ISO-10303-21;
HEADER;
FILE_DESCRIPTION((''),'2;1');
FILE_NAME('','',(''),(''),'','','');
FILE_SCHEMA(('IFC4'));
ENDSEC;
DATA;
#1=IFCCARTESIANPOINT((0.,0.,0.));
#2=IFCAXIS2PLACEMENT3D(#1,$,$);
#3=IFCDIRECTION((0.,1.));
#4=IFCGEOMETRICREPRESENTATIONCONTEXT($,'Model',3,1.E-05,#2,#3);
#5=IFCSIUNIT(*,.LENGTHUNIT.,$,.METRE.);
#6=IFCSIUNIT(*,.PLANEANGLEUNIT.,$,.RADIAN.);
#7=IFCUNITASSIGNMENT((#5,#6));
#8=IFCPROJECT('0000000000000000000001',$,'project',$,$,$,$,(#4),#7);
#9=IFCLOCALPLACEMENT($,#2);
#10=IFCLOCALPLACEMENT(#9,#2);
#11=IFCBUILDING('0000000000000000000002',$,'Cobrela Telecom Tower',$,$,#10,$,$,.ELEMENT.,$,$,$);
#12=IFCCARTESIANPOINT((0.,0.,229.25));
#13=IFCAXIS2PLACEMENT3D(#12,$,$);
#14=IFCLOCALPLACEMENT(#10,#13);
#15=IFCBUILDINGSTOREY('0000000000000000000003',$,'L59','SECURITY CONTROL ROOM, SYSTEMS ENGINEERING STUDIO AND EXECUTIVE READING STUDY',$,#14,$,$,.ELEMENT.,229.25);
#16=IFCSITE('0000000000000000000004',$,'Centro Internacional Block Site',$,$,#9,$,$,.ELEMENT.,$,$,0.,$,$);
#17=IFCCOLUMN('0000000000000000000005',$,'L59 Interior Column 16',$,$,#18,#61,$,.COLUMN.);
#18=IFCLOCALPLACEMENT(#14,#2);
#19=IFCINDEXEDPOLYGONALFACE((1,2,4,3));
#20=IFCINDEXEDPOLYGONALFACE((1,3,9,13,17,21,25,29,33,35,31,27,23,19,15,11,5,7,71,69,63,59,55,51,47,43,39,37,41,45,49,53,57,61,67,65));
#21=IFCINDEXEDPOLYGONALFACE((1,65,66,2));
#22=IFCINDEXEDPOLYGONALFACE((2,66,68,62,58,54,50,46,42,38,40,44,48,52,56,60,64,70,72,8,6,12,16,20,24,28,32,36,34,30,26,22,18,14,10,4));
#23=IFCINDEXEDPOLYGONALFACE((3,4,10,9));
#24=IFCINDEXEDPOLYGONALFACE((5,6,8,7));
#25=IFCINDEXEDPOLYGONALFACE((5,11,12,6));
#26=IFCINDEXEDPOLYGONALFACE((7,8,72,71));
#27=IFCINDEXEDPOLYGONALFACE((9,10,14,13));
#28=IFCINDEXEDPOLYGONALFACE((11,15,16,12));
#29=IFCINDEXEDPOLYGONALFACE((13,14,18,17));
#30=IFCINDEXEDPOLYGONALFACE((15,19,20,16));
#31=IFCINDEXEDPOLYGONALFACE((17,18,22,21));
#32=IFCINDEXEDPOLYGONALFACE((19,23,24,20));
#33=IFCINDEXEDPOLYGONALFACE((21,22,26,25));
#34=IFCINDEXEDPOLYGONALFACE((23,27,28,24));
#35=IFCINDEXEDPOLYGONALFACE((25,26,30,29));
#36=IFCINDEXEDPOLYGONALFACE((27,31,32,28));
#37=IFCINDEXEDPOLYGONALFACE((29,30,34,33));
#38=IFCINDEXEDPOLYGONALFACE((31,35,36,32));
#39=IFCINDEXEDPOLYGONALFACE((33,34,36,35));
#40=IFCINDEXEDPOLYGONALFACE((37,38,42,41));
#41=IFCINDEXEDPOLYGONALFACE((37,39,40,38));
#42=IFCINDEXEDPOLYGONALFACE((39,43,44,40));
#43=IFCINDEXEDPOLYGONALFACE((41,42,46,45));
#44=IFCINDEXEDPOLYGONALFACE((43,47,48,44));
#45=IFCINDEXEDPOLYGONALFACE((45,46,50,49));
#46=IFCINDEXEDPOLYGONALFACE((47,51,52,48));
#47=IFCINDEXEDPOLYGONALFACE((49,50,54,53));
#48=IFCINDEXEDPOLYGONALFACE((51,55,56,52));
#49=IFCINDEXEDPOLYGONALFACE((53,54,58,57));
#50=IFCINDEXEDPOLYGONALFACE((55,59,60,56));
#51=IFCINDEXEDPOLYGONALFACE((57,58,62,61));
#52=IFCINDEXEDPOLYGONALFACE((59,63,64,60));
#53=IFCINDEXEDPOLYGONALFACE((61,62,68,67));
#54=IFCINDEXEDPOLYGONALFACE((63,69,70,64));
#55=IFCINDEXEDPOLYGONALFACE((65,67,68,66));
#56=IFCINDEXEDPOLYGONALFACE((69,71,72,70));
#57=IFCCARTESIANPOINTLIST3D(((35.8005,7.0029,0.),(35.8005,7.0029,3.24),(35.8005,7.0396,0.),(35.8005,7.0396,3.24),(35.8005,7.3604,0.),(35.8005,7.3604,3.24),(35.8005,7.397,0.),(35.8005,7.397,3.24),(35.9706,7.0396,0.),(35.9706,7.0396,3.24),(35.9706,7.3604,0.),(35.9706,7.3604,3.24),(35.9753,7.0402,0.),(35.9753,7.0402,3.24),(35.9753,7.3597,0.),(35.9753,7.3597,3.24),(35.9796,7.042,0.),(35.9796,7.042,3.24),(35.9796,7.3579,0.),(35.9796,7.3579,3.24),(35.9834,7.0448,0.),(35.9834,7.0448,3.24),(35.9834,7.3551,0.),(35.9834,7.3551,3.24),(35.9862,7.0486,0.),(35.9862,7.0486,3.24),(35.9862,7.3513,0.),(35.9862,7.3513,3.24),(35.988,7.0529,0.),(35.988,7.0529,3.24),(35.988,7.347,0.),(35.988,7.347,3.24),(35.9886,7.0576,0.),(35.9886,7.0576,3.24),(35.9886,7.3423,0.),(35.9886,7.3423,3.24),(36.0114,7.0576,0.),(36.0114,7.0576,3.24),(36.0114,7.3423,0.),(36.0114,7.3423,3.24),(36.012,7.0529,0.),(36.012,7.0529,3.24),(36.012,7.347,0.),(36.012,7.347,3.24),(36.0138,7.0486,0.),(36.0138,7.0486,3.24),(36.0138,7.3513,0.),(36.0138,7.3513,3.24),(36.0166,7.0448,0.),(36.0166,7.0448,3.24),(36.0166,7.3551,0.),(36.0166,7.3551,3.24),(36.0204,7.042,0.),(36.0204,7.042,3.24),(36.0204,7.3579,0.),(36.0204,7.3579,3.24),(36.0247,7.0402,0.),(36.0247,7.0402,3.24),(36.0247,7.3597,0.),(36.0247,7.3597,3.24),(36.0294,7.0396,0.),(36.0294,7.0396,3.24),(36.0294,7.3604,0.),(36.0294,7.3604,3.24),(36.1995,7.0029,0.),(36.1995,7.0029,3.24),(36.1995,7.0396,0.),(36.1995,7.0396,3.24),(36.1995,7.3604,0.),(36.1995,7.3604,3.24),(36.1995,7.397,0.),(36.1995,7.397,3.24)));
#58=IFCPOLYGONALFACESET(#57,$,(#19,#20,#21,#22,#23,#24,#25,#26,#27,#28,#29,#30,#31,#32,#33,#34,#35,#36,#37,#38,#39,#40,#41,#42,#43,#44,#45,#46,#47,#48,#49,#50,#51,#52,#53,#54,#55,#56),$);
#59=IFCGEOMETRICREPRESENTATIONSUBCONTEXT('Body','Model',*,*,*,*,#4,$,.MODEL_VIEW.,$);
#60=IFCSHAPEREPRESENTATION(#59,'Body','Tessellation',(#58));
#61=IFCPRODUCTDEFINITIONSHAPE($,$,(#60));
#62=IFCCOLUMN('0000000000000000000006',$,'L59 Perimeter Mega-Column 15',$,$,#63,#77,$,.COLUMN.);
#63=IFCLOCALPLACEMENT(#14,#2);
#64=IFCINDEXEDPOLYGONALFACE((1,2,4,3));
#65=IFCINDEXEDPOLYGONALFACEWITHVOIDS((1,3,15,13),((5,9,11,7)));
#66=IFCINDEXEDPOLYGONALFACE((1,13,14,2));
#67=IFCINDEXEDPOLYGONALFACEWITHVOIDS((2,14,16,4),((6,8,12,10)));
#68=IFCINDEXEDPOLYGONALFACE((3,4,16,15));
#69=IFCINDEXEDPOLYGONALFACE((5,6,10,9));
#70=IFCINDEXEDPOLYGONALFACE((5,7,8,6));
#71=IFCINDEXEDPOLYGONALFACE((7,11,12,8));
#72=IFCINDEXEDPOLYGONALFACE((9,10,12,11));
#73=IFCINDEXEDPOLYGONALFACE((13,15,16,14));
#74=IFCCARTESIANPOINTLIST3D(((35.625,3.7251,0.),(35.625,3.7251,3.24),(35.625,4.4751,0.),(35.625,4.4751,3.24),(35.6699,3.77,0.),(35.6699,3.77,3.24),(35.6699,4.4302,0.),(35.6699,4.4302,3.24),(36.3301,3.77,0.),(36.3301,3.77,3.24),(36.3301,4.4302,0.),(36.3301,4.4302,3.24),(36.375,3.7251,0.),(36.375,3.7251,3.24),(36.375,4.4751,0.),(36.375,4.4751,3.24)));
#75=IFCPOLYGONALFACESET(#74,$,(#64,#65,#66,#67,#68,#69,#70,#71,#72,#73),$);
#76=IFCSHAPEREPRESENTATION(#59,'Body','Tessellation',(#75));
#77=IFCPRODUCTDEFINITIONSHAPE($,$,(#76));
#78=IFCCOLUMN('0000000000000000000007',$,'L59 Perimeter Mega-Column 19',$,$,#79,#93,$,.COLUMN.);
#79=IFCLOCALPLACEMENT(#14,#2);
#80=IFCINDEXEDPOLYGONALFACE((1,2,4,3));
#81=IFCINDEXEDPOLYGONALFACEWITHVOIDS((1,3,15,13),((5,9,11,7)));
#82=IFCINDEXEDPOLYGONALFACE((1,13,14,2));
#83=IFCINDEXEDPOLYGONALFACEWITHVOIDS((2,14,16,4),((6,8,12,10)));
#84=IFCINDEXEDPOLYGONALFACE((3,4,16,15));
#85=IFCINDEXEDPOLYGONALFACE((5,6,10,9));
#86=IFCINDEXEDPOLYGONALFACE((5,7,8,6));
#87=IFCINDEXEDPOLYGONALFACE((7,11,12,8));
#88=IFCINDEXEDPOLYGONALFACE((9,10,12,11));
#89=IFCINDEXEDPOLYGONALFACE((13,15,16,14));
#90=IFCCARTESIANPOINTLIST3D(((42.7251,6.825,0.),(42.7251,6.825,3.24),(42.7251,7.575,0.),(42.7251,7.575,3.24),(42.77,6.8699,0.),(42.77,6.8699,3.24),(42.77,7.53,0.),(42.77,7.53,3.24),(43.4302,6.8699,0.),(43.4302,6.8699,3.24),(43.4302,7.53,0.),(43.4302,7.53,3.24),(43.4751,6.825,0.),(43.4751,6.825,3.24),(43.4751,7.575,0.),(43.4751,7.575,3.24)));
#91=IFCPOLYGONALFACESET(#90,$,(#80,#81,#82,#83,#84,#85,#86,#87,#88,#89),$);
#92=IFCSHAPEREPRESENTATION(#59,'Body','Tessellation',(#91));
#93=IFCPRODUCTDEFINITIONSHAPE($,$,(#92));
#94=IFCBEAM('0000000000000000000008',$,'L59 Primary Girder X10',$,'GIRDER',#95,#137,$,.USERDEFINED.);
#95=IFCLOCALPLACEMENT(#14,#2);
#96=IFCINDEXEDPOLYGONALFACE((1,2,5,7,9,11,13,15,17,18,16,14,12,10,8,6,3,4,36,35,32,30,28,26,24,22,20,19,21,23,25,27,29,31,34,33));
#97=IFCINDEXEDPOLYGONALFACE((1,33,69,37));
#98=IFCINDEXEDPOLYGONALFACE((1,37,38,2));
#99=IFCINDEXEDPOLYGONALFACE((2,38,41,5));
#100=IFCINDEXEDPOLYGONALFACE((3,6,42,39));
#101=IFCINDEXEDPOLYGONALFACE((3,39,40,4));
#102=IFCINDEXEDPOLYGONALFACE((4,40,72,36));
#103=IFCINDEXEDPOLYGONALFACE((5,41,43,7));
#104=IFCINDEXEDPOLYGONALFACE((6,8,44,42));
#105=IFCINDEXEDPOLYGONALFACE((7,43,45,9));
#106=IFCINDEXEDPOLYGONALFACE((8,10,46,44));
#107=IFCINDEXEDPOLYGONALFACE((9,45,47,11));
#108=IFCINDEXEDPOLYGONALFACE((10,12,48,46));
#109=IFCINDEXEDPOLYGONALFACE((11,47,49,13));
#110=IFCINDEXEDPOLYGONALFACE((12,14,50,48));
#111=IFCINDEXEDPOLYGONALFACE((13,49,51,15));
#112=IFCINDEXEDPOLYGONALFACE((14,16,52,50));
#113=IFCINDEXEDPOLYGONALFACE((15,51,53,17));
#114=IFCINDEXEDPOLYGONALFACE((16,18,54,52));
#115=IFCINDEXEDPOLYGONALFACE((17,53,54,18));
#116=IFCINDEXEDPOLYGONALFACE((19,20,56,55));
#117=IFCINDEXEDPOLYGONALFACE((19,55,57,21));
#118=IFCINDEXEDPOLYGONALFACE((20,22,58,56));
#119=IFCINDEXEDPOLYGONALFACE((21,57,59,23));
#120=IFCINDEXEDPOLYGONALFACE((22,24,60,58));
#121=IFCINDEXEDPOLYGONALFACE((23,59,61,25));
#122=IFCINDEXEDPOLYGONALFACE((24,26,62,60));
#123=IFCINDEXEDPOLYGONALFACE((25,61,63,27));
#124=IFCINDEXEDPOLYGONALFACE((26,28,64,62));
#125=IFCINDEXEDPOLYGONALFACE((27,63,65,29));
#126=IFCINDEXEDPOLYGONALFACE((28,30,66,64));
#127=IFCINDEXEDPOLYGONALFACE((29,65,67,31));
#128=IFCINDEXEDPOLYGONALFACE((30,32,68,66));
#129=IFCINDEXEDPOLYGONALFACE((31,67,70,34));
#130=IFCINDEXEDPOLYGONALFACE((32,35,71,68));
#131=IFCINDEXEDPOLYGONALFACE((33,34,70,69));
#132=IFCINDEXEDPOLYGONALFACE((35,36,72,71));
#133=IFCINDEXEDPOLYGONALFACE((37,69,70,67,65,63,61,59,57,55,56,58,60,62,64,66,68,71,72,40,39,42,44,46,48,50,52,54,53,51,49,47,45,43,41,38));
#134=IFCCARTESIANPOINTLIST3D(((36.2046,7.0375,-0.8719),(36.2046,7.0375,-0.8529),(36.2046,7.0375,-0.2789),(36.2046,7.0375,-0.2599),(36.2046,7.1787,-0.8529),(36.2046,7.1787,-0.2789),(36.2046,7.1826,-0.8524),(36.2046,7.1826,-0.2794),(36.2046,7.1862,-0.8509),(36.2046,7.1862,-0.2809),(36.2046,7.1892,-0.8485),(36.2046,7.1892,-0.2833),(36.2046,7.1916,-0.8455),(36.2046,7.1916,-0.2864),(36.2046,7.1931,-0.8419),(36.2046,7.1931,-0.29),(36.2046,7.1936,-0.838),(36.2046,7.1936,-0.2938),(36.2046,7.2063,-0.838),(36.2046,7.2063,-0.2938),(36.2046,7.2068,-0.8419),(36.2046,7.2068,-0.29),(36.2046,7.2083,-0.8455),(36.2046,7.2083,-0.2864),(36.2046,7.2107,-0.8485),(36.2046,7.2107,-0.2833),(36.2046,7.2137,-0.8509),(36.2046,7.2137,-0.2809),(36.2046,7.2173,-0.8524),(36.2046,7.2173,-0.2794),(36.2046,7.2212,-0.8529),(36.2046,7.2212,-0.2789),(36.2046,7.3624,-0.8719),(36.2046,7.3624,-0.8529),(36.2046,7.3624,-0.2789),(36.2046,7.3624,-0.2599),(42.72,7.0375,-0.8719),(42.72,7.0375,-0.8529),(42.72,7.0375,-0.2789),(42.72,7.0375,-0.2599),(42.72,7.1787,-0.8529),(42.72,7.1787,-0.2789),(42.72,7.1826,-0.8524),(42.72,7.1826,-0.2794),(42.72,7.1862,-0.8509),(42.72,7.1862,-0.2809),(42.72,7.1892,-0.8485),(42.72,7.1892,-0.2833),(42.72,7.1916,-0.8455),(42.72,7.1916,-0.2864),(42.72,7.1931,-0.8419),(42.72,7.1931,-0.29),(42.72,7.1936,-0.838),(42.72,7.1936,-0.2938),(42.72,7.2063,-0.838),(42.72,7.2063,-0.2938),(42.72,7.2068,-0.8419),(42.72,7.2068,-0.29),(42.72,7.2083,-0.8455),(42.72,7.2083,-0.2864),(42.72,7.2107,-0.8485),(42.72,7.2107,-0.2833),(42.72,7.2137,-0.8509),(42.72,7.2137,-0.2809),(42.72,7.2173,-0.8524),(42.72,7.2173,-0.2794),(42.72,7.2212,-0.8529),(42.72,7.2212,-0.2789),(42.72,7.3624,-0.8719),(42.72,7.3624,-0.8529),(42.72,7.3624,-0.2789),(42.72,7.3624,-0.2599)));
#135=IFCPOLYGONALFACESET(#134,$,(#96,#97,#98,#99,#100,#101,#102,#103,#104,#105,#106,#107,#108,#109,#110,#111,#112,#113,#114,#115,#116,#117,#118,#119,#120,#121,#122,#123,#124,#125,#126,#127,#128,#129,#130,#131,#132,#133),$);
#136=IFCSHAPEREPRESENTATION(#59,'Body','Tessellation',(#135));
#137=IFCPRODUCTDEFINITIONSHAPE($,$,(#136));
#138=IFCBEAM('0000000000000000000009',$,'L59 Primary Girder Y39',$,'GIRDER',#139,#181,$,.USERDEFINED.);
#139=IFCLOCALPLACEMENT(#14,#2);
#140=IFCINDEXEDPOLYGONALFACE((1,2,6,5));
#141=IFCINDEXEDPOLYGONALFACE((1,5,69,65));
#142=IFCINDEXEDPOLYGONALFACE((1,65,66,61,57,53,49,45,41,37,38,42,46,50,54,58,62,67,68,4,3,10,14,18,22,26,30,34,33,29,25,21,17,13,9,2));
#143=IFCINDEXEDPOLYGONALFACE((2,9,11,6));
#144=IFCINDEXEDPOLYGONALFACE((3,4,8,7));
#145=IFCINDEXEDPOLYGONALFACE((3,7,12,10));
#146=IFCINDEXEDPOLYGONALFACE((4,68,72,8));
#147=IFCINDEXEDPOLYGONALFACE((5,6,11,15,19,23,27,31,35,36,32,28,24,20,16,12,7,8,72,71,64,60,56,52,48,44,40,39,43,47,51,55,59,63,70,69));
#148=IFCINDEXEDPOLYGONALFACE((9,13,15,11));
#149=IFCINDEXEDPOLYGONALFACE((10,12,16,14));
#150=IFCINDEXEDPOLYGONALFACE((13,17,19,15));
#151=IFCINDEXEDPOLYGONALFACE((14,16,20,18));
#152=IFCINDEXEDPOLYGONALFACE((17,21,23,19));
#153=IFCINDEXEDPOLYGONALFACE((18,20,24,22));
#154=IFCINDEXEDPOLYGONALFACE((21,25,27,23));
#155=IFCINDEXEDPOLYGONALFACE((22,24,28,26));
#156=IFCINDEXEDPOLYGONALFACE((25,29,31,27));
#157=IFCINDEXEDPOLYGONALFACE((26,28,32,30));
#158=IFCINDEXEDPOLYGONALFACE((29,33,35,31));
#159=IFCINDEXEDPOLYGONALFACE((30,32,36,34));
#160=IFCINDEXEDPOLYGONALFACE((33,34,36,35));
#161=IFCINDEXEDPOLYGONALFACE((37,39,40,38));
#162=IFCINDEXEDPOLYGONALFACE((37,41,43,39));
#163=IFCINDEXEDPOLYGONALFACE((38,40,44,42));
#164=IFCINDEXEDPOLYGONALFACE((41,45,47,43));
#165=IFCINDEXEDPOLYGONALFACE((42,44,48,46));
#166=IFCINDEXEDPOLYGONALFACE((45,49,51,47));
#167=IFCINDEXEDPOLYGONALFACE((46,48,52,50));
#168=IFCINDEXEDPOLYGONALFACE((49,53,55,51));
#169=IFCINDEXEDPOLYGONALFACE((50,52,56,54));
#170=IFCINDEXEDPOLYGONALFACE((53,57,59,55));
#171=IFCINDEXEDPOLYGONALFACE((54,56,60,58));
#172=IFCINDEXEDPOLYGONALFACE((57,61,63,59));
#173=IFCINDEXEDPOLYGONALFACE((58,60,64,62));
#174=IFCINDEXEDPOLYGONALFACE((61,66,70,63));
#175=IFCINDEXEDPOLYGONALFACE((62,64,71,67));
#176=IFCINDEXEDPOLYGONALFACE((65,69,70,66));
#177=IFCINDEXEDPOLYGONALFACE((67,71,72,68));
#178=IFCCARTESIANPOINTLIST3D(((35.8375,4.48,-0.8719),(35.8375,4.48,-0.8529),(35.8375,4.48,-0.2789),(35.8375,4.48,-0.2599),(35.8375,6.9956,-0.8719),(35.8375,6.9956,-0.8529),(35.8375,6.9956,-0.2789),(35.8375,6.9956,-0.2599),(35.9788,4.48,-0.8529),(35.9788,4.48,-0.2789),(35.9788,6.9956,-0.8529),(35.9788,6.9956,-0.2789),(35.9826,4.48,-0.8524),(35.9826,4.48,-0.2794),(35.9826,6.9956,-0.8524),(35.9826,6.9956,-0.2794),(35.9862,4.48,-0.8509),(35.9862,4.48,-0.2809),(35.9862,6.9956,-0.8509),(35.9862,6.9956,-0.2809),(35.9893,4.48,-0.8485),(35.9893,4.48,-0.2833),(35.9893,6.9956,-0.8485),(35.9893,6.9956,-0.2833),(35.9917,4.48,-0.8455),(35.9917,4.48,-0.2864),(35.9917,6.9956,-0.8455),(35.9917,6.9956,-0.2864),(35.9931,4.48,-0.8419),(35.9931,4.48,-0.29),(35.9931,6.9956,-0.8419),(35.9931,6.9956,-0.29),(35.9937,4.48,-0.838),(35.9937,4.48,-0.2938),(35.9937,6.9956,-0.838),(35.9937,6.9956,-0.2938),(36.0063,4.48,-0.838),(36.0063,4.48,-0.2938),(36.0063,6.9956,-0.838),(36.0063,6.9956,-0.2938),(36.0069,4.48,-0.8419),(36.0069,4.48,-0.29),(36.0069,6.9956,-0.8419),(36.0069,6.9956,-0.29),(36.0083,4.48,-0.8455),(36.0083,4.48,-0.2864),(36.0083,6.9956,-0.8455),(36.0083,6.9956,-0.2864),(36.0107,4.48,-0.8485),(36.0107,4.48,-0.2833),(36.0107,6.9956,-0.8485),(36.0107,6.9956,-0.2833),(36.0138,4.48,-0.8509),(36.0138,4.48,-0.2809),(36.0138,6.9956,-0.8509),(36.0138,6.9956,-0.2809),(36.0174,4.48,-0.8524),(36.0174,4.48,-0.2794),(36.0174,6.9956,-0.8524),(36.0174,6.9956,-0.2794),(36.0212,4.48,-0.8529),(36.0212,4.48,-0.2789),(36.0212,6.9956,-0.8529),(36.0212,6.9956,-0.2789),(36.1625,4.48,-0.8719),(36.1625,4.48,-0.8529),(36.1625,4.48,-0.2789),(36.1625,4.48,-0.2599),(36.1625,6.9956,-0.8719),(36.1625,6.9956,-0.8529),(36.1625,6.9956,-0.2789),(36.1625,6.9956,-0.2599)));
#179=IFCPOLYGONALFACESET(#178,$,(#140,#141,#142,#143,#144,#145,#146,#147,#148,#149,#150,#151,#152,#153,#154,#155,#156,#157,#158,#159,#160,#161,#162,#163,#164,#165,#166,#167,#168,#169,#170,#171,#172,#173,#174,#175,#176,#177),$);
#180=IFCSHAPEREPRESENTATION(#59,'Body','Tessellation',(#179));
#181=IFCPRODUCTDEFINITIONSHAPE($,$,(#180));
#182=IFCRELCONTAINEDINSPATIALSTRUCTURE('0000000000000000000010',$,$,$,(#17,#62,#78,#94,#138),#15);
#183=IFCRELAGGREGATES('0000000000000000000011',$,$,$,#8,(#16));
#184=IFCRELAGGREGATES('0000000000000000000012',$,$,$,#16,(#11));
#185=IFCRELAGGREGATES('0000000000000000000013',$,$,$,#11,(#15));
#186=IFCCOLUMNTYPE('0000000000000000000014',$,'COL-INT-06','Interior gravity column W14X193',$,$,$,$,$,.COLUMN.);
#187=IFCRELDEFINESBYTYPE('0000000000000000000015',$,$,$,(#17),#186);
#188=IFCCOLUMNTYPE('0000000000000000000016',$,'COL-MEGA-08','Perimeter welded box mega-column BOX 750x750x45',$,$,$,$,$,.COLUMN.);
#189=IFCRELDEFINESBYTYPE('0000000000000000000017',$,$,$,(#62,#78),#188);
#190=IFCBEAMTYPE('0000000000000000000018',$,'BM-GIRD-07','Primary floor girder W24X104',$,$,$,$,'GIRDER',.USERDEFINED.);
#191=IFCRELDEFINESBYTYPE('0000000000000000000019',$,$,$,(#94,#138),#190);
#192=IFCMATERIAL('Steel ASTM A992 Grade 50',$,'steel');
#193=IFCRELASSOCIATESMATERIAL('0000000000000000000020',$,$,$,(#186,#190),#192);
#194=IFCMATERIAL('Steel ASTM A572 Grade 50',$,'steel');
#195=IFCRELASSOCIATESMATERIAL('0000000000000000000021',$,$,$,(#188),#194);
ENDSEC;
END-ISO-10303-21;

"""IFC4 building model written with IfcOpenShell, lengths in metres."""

from ifc_helpers import new_model, si_unit, direction, frame, origin, origin_2d, place, context, subcontext, project, spatial, hollow_rectangle, i_section, extrude, material, material_profile, profile_set, type_object, element, save


model = new_model("IFC4")

# Units and contexts
model_context = context("Model", 3, precision=1e-05, world=origin(), true_north=direction((0.0, 1.0)))
body_context = subcontext(model_context, "Body", "Model", "MODEL_VIEW")
ifc_project = project(units=[si_unit("LENGTHUNIT", "METRE"), si_unit("PLANEANGLEUNIT", "RADIAN")], contexts=[model_context])

# Site, building, storey
site_placement = place(None, origin())
site = spatial("IfcSite", under=ifc_project, at=site_placement, Name="Centro Internacional Block Site", CompositionType="ELEMENT", RefElevation=0.0)
building_placement = place(site_placement, origin())
building = spatial("IfcBuilding", under=site, at=building_placement, Name="Cobrela Telecom Tower", CompositionType="ELEMENT")
storey_placement = place(building_placement, frame((0.0, 0.0, 229.25)))
storey = spatial("IfcBuildingStorey", under=building, at=storey_placement, Name="L59", Description="SECURITY CONTROL ROOM, SYSTEMS ENGINEERING STUDIO AND EXECUTIVE READING STUDY", CompositionType="ELEMENT", Elevation=229.25)

# Columns
ifc_material_1 = material(Name="Steel ASTM A992 Grade 50", Category="steel")
ifc_material_profile_1 = material_profile(ifc_material_1, i_section(OverallWidth=0.3989, OverallDepth=0.394, WebThickness=0.0227, FlangeThickness=0.0366, FilletRadius=0.0181, at=origin_2d()), Name="W14X193")
ifc_profile_set_1 = profile_set([ifc_material_profile_1], Name="Steel ASTM A992 Grade 50")
column_type_1 = type_object("IfcColumnType", Name="COL-INT-06", Description="Interior gravity column W14X193", PredefinedType="COLUMN", material=ifc_profile_set_1)
column_placement = place(storey_placement, frame((36.0, 7.2, 0.0), z_axis=(0.0, 0.0, 1.0), x_axis=(1.0, 0.0, 0.0)))
element("IfcColumn", 1, at=column_placement, inside=storey, type_object=column_type_1, Name="L59 Interior Column 16", PredefinedType="COLUMN", context=body_context, shape_type="SweptSolid", body=[
    extrude(i_section(OverallWidth=0.3989, OverallDepth=0.394, WebThickness=0.0227, FlangeThickness=0.0366, FilletRadius=0.0181, at=origin_2d()), origin(), (0.0, 0.0, 1.0), 3.24),
])
ifc_material_2 = material(Name="Steel ASTM A572 Grade 50", Category="steel")
ifc_material_profile_2 = material_profile(ifc_material_2, hollow_rectangle(XDim=0.75, YDim=0.75, WallThickness=0.0449, at=origin_2d()), Name="BOX 750x750x45")
ifc_profile_set_2 = profile_set([ifc_material_profile_2], Name="Steel ASTM A572 Grade 50")
column_type_2 = type_object("IfcColumnType", Name="COL-MEGA-08", Description="Perimeter welded box mega-column BOX 750x750x45", PredefinedType="COLUMN", material=ifc_profile_set_2)
for number, where, z_axis, x_axis, name in (
    (2, (36.0, 4.1001, 0.0), (0.0, 0.0, 1.0), (1.0, 0.0, 0.0), "L59 Perimeter Mega-Column 15"),
    (3, (43.1001, 7.2, 0.0), (0.0, 0.0, 1.0), (1.0, 0.0, 0.0), "L59 Perimeter Mega-Column 19"),
):
    element("IfcColumn", number, at=place(storey_placement, frame(where, z_axis=z_axis, x_axis=x_axis)), inside=storey, type_object=column_type_2, Name=name, PredefinedType="COLUMN", context=body_context, shape_type="SweptSolid", body=[
        extrude(hollow_rectangle(XDim=0.75, YDim=0.75, WallThickness=0.0449, at=origin_2d()), origin(), (0.0, 0.0, 1.0), 3.24),
    ])

# Beams
ifc_material_profile_3 = material_profile(ifc_material_1, i_section(OverallWidth=0.325, OverallDepth=0.6121, WebThickness=0.0127, FlangeThickness=0.019, FilletRadius=0.0149, at=origin_2d()), Name="W24X104")
ifc_profile_set_3 = profile_set([ifc_material_profile_3], Name="Steel ASTM A992 Grade 50")
beam_type_1 = type_object("IfcBeamType", Name="BM-GIRD-07", Description="Primary floor girder W24X104", ElementType="GIRDER", PredefinedType="USERDEFINED", material=ifc_profile_set_3)
beam_1_placement = place(storey_placement, frame((36.2046, 7.2, -0.5659), z_axis=(1.0, 0.0, 0.0), x_axis=(0.0, 1.0, 0.0)))
element("IfcBeam", 4, at=beam_1_placement, inside=storey, type_object=beam_type_1, Name="L59 Primary Girder X10", ObjectType="GIRDER", PredefinedType="USERDEFINED", context=body_context, shape_type="SweptSolid", body=[
    extrude(i_section(OverallWidth=0.325, OverallDepth=0.6121, WebThickness=0.0127, FlangeThickness=0.019, FilletRadius=0.0149, at=origin_2d()), origin(), (0.0, 0.0, 1.0), 6.5154),
])
beam_2_placement = place(storey_placement, frame((36.0, 4.48, -0.5659), z_axis=(0.0, 1.0, 0.0), x_axis=(-1.0, 0.0, 0.0)))
element("IfcBeam", 5, at=beam_2_placement, inside=storey, type_object=beam_type_1, Name="L59 Primary Girder Y39", ObjectType="GIRDER", PredefinedType="USERDEFINED", context=body_context, shape_type="SweptSolid", body=[
    extrude(i_section(OverallWidth=0.325, OverallDepth=0.6121, WebThickness=0.0127, FlangeThickness=0.019, FilletRadius=0.0149, at=origin_2d()), origin(), (0.0, 0.0, 1.0), 2.5156),
])

save(model, "model.ifc")
